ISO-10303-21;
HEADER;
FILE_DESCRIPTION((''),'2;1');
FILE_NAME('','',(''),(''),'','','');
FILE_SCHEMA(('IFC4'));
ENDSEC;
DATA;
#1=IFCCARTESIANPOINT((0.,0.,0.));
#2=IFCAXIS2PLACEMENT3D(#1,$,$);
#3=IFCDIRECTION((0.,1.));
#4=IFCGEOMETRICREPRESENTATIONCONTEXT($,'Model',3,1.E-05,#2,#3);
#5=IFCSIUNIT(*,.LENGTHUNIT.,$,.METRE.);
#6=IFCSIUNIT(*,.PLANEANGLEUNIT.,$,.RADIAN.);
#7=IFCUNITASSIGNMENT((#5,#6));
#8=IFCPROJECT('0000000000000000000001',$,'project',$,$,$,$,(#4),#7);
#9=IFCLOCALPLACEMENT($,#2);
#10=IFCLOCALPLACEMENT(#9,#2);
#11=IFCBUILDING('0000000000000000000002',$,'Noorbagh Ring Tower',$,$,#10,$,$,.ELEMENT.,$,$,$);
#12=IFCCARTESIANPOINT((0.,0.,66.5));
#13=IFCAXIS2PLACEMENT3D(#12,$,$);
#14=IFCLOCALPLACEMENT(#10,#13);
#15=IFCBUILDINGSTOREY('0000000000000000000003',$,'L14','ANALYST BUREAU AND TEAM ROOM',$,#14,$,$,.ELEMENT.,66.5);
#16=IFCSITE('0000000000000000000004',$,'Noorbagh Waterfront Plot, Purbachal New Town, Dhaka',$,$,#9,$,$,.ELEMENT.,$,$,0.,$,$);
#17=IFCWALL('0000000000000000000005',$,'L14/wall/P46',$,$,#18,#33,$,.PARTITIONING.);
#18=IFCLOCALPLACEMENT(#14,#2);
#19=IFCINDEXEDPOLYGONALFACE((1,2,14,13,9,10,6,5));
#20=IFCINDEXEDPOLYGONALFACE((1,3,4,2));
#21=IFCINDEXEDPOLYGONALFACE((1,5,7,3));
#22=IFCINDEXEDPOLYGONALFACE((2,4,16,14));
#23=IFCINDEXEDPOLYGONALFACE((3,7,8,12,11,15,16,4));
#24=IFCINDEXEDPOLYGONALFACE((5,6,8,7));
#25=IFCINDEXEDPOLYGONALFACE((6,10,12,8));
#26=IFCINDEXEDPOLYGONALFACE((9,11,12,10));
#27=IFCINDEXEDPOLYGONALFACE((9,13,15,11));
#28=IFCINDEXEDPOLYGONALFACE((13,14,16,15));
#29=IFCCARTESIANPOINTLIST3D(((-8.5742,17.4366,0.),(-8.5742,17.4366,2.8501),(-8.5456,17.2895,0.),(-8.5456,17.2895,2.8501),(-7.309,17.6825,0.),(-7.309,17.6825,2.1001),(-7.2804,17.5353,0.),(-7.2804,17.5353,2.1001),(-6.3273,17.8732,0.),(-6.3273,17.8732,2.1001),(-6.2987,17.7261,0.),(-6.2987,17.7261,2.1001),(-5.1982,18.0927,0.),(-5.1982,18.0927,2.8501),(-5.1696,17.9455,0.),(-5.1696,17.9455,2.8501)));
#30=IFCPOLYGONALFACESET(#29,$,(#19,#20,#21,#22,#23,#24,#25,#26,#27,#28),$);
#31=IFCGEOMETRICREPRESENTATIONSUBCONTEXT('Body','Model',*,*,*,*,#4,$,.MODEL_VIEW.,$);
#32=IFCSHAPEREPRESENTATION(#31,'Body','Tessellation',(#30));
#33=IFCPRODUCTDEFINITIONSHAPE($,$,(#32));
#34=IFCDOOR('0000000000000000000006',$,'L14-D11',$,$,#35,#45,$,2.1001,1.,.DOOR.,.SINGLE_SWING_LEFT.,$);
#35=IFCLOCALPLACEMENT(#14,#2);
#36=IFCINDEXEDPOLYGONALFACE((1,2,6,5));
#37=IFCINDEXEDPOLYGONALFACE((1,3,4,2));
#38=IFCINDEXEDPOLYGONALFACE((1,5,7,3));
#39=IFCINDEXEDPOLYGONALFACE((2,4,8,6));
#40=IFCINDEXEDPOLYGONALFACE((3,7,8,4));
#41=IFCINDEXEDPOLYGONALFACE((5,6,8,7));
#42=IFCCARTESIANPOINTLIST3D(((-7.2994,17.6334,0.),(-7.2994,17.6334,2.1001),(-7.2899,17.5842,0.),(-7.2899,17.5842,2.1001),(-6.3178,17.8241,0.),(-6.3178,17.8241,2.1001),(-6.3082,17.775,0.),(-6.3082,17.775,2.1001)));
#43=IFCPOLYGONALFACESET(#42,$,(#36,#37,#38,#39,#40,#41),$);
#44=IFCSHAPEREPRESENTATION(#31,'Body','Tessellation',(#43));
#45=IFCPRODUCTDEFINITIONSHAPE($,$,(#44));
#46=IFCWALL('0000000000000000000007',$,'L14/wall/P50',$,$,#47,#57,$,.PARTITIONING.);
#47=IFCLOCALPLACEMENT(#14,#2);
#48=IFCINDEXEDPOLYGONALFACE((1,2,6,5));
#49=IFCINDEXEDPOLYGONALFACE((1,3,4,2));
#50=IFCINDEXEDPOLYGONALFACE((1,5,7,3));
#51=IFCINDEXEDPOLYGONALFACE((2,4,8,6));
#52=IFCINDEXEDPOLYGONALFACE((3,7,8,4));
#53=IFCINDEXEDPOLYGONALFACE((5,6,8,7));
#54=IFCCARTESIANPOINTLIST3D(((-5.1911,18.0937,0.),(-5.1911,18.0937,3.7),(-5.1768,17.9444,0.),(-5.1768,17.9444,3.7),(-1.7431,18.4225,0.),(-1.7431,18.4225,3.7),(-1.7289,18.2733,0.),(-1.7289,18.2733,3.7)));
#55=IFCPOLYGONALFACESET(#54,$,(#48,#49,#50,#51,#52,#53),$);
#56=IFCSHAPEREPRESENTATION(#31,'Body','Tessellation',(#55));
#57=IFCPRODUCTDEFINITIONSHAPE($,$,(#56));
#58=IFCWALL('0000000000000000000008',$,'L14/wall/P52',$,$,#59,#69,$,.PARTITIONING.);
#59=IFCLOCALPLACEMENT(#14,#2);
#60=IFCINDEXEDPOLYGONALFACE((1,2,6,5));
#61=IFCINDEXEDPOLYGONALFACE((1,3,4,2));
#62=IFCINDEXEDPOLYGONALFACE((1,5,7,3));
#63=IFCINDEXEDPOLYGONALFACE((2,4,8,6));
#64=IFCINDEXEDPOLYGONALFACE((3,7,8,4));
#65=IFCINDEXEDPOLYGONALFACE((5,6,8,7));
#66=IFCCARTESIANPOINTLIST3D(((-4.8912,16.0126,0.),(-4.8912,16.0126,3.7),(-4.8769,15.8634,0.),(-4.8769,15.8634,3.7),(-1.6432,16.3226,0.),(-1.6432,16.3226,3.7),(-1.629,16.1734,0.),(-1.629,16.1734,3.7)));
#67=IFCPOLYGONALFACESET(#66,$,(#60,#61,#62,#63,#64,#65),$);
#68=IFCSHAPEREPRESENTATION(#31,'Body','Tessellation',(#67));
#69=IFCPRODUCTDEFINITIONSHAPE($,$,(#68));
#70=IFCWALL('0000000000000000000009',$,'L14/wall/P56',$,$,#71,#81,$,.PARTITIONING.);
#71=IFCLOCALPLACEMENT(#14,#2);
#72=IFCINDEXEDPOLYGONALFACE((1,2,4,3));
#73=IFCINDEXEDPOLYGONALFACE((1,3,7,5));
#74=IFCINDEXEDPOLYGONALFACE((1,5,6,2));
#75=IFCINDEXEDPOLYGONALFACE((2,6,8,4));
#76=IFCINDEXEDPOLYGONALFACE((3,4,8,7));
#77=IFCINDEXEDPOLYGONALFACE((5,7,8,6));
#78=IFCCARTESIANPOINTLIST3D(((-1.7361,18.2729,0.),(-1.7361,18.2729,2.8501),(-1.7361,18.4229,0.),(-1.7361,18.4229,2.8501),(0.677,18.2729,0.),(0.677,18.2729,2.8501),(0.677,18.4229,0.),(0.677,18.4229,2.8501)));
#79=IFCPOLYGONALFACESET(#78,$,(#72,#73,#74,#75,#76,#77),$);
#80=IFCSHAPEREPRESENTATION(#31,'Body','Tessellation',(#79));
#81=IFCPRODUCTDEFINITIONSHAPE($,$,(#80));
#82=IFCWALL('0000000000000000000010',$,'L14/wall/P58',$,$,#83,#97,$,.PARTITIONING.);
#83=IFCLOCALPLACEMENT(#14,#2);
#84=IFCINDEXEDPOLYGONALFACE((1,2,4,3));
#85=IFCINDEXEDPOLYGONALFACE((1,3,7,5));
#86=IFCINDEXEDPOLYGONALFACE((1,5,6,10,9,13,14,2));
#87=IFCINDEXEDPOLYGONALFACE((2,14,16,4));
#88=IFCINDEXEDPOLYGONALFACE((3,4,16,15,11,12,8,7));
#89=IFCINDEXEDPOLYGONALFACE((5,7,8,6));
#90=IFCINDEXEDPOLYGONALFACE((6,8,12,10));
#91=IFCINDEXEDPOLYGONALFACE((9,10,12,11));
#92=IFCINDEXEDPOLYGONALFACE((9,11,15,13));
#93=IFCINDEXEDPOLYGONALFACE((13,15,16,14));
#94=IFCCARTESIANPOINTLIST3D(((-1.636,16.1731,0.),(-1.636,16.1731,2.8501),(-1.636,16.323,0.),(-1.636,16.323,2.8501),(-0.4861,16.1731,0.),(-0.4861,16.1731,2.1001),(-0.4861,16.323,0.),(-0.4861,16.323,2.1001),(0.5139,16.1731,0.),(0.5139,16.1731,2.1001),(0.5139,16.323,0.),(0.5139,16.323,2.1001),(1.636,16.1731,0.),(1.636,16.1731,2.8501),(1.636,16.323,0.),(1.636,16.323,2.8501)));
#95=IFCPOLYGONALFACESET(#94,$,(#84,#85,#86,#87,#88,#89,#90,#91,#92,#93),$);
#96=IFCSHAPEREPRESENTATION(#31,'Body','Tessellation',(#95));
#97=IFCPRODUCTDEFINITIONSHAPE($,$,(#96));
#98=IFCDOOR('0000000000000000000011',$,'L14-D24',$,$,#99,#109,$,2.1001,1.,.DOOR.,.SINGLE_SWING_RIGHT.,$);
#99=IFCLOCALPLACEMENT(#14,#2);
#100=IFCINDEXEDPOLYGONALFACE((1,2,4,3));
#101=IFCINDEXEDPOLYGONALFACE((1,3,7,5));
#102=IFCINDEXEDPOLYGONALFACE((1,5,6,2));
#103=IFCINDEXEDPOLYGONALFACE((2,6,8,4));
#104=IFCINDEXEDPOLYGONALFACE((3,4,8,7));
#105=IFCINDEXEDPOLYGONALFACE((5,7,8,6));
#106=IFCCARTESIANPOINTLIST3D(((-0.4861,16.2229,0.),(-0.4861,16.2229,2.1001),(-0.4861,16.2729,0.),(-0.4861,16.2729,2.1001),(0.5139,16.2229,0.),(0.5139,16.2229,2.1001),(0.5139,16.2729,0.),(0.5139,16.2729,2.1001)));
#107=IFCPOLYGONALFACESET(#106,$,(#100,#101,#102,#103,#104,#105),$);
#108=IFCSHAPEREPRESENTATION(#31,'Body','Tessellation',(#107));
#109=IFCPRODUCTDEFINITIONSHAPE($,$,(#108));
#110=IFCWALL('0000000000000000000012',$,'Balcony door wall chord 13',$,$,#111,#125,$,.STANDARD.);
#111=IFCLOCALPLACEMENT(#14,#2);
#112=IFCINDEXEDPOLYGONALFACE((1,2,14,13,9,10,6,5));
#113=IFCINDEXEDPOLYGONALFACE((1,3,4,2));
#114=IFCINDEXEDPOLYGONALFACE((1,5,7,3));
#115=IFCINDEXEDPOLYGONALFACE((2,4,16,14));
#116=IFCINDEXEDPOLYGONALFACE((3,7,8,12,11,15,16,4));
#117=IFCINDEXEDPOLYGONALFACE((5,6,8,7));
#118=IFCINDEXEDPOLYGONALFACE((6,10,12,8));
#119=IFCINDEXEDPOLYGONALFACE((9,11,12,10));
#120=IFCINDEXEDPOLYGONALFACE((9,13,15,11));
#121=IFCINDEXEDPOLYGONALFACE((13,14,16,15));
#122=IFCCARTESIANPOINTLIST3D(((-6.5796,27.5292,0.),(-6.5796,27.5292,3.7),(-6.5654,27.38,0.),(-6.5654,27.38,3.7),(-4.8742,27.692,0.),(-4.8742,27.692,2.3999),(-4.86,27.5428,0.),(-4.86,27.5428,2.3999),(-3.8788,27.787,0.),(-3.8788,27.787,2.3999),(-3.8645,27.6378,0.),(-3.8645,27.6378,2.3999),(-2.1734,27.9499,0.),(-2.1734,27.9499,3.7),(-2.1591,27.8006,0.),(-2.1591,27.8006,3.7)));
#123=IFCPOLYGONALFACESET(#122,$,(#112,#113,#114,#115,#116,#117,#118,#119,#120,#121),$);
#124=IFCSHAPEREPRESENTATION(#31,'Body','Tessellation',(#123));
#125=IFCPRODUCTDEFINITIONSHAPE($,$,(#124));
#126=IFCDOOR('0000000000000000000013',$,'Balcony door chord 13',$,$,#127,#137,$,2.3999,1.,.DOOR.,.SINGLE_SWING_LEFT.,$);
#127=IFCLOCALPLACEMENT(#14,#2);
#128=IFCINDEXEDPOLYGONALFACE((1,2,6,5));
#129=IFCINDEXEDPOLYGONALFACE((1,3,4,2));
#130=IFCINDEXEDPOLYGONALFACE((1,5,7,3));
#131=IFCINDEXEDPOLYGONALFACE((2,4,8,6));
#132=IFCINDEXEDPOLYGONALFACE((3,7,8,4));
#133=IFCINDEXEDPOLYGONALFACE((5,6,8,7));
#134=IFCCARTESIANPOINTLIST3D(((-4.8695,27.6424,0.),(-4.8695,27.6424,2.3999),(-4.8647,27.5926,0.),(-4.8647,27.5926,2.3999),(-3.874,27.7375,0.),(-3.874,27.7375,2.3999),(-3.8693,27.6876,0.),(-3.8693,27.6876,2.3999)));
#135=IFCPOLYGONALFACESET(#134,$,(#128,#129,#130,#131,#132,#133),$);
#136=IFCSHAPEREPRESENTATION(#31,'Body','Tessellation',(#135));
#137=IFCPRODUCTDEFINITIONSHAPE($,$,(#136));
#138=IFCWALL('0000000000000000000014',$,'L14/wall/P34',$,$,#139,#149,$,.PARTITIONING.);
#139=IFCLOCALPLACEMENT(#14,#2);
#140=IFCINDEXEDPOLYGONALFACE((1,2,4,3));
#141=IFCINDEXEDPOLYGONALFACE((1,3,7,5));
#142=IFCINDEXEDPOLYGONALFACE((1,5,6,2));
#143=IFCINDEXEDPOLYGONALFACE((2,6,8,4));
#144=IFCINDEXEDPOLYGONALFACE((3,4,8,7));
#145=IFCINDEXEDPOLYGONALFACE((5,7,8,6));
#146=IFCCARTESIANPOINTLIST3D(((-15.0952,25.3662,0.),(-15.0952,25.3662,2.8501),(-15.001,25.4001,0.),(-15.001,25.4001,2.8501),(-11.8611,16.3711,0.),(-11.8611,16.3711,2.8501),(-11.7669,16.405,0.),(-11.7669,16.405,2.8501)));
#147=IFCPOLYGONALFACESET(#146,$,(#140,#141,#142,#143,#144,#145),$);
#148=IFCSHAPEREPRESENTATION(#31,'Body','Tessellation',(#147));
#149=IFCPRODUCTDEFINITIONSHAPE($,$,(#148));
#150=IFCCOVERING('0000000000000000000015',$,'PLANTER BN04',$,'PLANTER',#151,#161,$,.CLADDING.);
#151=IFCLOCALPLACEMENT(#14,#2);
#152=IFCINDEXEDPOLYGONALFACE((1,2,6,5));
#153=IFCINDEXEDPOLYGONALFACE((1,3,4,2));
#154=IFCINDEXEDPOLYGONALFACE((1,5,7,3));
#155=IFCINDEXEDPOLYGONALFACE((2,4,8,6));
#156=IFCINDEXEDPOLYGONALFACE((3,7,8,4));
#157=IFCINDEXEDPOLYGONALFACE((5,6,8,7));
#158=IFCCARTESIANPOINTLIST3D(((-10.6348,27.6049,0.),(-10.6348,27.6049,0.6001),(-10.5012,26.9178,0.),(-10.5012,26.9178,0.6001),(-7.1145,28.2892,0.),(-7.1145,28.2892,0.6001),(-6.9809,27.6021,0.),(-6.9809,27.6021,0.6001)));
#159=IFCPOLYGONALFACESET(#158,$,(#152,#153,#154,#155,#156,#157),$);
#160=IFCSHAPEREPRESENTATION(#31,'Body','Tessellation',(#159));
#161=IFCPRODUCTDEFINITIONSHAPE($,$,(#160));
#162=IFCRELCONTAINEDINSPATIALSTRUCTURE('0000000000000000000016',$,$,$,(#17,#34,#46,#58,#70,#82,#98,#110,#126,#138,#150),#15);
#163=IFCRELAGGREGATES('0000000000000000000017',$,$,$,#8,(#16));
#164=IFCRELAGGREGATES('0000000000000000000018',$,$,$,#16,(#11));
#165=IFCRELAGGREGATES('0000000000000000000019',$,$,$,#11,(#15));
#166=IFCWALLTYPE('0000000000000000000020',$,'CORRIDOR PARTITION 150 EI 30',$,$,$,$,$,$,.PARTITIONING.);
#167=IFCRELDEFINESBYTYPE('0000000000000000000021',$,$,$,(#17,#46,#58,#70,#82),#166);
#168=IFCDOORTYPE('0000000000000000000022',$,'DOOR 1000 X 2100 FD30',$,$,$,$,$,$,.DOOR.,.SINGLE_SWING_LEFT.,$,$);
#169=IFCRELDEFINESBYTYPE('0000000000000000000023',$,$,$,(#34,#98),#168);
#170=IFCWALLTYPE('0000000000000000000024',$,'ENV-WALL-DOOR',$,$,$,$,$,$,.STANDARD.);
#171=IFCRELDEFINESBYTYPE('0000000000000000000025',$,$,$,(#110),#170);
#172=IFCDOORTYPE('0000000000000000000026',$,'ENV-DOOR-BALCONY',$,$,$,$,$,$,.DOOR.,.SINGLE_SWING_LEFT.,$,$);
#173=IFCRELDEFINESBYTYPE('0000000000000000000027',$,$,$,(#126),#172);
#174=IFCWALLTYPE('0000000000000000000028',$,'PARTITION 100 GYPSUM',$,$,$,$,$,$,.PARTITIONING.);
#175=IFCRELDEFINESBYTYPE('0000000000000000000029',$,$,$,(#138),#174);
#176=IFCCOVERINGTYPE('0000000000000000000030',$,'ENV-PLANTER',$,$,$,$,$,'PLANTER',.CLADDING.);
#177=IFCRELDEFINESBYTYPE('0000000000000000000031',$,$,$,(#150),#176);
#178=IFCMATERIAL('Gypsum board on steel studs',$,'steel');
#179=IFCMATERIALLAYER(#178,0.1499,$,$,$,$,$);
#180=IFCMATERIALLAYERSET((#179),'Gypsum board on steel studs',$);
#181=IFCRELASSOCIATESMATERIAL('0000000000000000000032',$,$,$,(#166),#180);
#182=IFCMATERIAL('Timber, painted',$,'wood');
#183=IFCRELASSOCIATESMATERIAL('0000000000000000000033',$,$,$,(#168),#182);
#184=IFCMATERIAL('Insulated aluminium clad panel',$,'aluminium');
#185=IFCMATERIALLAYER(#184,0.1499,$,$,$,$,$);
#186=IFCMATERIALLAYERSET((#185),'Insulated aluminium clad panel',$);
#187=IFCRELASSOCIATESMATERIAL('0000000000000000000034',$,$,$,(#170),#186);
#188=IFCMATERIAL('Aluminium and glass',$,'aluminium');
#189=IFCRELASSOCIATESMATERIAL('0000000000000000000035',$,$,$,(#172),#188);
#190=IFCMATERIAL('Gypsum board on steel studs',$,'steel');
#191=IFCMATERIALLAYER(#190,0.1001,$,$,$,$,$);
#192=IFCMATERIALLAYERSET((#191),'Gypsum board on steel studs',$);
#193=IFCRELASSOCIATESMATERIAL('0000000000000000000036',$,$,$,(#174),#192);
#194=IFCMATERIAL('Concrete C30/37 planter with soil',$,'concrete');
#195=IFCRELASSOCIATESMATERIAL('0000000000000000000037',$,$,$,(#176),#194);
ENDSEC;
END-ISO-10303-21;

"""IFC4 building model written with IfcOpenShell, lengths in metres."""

from ifc_helpers import new_model, si_unit, direction, frame, frame_2d, origin, origin_2d, place, context, subcontext, project, spatial, rectangle, extrude, material, layer, layer_set, type_object, element, fill, save


model = new_model("IFC4")

# Units and contexts
model_context = context("Model", 3, precision=1e-05, world=origin(), true_north=direction((0.0, 1.0)))
body_context = subcontext(model_context, "Body", "Model", "MODEL_VIEW")
ifc_project = project(units=[si_unit("LENGTHUNIT", "METRE"), si_unit("PLANEANGLEUNIT", "RADIAN")], contexts=[model_context])

# Site, building, storey
site_placement = place(None, origin())
site = spatial("IfcSite", under=ifc_project, at=site_placement, Name="Noorbagh Waterfront Plot, Purbachal New Town, Dhaka", CompositionType="ELEMENT", RefElevation=0.0)
building_placement = place(site_placement, origin())
building = spatial("IfcBuilding", under=site, at=building_placement, Name="Noorbagh Ring Tower", CompositionType="ELEMENT")
storey_placement = place(building_placement, frame((0.0, 0.0, 66.5)))
storey = spatial("IfcBuildingStorey", under=building, at=storey_placement, Name="L14", Description="ANALYST BUREAU AND TEAM ROOM", CompositionType="ELEMENT", Elevation=66.5)

# Shared definitions
ifc_material_1 = material(Name="Gypsum board on steel studs", Category="steel")
ifc_layer_1 = layer(ifc_material_1, 0.1499)
ifc_layer_set_1 = layer_set([ifc_layer_1], Name="Gypsum board on steel studs")
wall_type_1 = type_object("IfcWallType", Name="CORRIDOR PARTITION 150 EI 30", PredefinedType="PARTITIONING", material=ifc_layer_set_1)

# Wall, opening, door
wall_1_placement = place(storey_placement, frame((-8.5601, 17.363, 0.0), z_axis=(0.0, 0.0, 1.0), x_axis=(0.981639, 0.190748, 0.0)))
wall_1 = element("IfcWall", 1, at=wall_1_placement, inside=storey, type_object=wall_type_1, Name="L14/wall/P46", PredefinedType="PARTITIONING", context=body_context, shape_type="SweptSolid", body=[
    extrude(rectangle(XDim=3.4392, YDim=0.1499, at=frame_2d((1.7197, 0.0))), origin(), (0.0, 0.0, 1.0), 2.8501),
])
opening_1_placement = place(wall_1_placement, frame((1.2891, 0.0, 0.0)))
opening_1 = element("IfcOpeningElement", 2, at=opening_1_placement, cuts=wall_1, PredefinedType="OPENING", context=body_context, shape_type="SweptSolid", body=[
    extrude(rectangle(XDim=1.0, YDim=2.1001, at=frame_2d((0.5, 1.05))), frame((0.0, 0.085, 0.0), z_axis=(0.0, -1.0, 0.0), x_axis=(1.0, 0.0, 0.0)), (0.0, 0.0, 1.0), 0.1699),
])
ifc_material_2 = material(Name="Timber, painted", Category="wood")
door_type_1 = type_object("IfcDoorType", Name="DOOR 1000 X 2100 FD30", OperationType="SINGLE_SWING_LEFT", PredefinedType="DOOR", material=ifc_material_2)
door_1_placement = place(opening_1_placement, origin())
door_1 = element("IfcDoor", 3, at=door_1_placement, inside=storey, type_object=door_type_1, Name="L14-D11", OperationType="SINGLE_SWING_LEFT", OverallHeight=2.1001, OverallWidth=1.0, PredefinedType="DOOR", context=body_context, shape_type="SweptSolid", body=[
    extrude(rectangle(XDim=1.0, YDim=2.1001, at=frame_2d((0.5, 1.05))), frame((0.0, 0.0249, 0.0), z_axis=(0.0, -1.0, 0.0), x_axis=(1.0, 0.0, 0.0)), (0.0, 0.0, 1.0), 0.05),
])
fill(opening_1, door_1)

# Walls
wall_2_placement = place(storey_placement, frame((-5.1841, 18.019, 0.0), z_axis=(0.0, 0.0, 1.0), x_axis=(0.995482, 0.094945, 0.0)))
element("IfcWall", 4, at=wall_2_placement, inside=storey, type_object=wall_type_1, Name="L14/wall/P50", PredefinedType="PARTITIONING", context=body_context, shape_type="SweptSolid", body=[
    extrude(rectangle(XDim=3.4636, YDim=0.1499, at=frame_2d((1.7319, 0.0))), origin(), (0.0, 0.0, 1.0), 3.7),
])
wall_3_placement = place(storey_placement, frame((-4.884, 15.938, 0.0), z_axis=(0.0, 0.0, 1.0), x_axis=(0.995475, 0.095028, 0.0)))
element("IfcWall", 5, at=wall_3_placement, inside=storey, type_object=wall_type_1, Name="L14/wall/P52", PredefinedType="PARTITIONING", context=body_context, shape_type="SweptSolid", body=[
    extrude(rectangle(XDim=3.2627, YDim=0.1499, at=frame_2d((1.6313, 0.0))), origin(), (0.0, 0.0, 1.0), 3.7),
])
wall_4_placement = place(storey_placement, frame((-1.7361, 18.3479, 0.0), z_axis=(0.0, 0.0, 1.0), x_axis=(1.0, 0.0, 0.0)))
element("IfcWall", 6, at=wall_4_placement, inside=storey, type_object=wall_type_1, Name="L14/wall/P56", PredefinedType="PARTITIONING", context=body_context, shape_type="SweptSolid", body=[
    extrude(rectangle(XDim=2.4131, YDim=0.1499, at=frame_2d((1.2065, 0.0))), origin(), (0.0, 0.0, 1.0), 2.8501),
])

# Walls, openings, doors
wall_5_placement = place(storey_placement, frame((-1.636, 16.248, 0.0), z_axis=(0.0, 0.0, 1.0), x_axis=(1.0, 0.0, 0.0)))
wall_5 = element("IfcWall", 7, at=wall_5_placement, inside=storey, type_object=wall_type_1, Name="L14/wall/P58", PredefinedType="PARTITIONING", context=body_context, shape_type="SweptSolid", body=[
    extrude(rectangle(XDim=3.272, YDim=0.1499, at=frame_2d((1.636, 0.0))), origin(), (0.0, 0.0, 1.0), 2.8501),
])
opening_2_placement = place(wall_5_placement, frame((1.1499, 0.0, 0.0)))
opening_2 = element("IfcOpeningElement", 8, at=opening_2_placement, cuts=wall_5, PredefinedType="OPENING", context=body_context, shape_type="SweptSolid", body=[
    extrude(rectangle(XDim=1.0, YDim=2.1001, at=frame_2d((0.5, 1.05))), frame((0.0, 0.085, 0.0), z_axis=(0.0, -1.0, 0.0), x_axis=(1.0, 0.0, 0.0)), (0.0, 0.0, 1.0), 0.1699),
])
door_2_placement = place(opening_2_placement, origin())
door_2 = element("IfcDoor", 9, at=door_2_placement, inside=storey, type_object=door_type_1, Name="L14-D24", OperationType="SINGLE_SWING_RIGHT", OverallHeight=2.1001, OverallWidth=1.0, PredefinedType="DOOR", context=body_context, shape_type="SweptSolid", body=[
    extrude(rectangle(XDim=1.0, YDim=2.1001, at=frame_2d((0.5, 1.05))), frame((0.0, 0.0249, 0.0), z_axis=(0.0, -1.0, 0.0), x_axis=(1.0, 0.0, 0.0)), (0.0, 0.0, 1.0), 0.05),
])
fill(opening_2, door_2)
ifc_material_3 = material(Name="Insulated aluminium clad panel", Category="aluminium")
ifc_layer_2 = layer(ifc_material_3, 0.1499)
ifc_layer_set_2 = layer_set([ifc_layer_2], Name="Insulated aluminium clad panel")
wall_type_2 = type_object("IfcWallType", Name="ENV-WALL-DOOR", PredefinedType="STANDARD", material=ifc_layer_set_2)
wall_6_placement = place(storey_placement, frame((-2.1663, 27.8752, 0.0), z_axis=(0.0, 0.0, 1.0), x_axis=(-0.995474, -0.095036, 0.0)))
wall_6 = element("IfcWall", 10, at=wall_6_placement, inside=storey, type_object=wall_type_2, Name="Balcony door wall chord 13", PredefinedType="STANDARD", context=body_context, shape_type="SweptSolid", body=[
    extrude(rectangle(XDim=4.4263, YDim=0.1499, at=frame_2d((2.2131, 0.0))), origin(), (0.0, 0.0, 1.0), 3.7),
])
opening_3_placement = place(wall_6_placement, frame((1.7131, 0.0, 0.0)))
opening_3 = element("IfcOpeningElement", 11, at=opening_3_placement, cuts=wall_6, PredefinedType="OPENING", context=body_context, shape_type="SweptSolid", body=[
    extrude(rectangle(XDim=1.0, YDim=2.3999, at=frame_2d((0.5, 1.2))), frame((0.0, 0.085, 0.0), z_axis=(0.0, -1.0, 0.0), x_axis=(1.0, 0.0, 0.0)), (0.0, 0.0, 1.0), 0.1699),
])
ifc_material_4 = material(Name="Aluminium and glass", Category="aluminium")
door_type_2 = type_object("IfcDoorType", Name="ENV-DOOR-BALCONY", OperationType="SINGLE_SWING_LEFT", PredefinedType="DOOR", material=ifc_material_4)
door_3_placement = place(opening_3_placement, origin())
door_3 = element("IfcDoor", 12, at=door_3_placement, inside=storey, type_object=door_type_2, Name="Balcony door chord 13", OperationType="SINGLE_SWING_LEFT", OverallHeight=2.3999, OverallWidth=1.0, PredefinedType="DOOR", context=body_context, shape_type="SweptSolid", body=[
    extrude(rectangle(XDim=1.0, YDim=2.3999, at=frame_2d((0.5, 1.2))), frame((0.0, 0.0249, 0.0), z_axis=(0.0, -1.0, 0.0), x_axis=(1.0, 0.0, 0.0)), (0.0, 0.0, 1.0), 0.05),
])
fill(opening_3, door_3)

# Wall
ifc_material_5 = material(Name="Gypsum board on steel studs", Category="steel")
ifc_layer_3 = layer(ifc_material_5, 0.1001)
ifc_layer_set_3 = layer_set([ifc_layer_3], Name="Gypsum board on steel studs")
wall_type_3 = type_object("IfcWallType", Name="PARTITION 100 GYPSUM", PredefinedType="PARTITIONING", material=ifc_layer_set_3)
wall_7_placement = place(storey_placement, frame((-15.0481, 25.3831, 0.0), z_axis=(0.0, 0.0, 1.0), x_axis=(0.338339, -0.941024, 0.0)))
element("IfcWall", 13, at=wall_7_placement, inside=storey, type_object=wall_type_3, Name="L14/wall/P34", PredefinedType="PARTITIONING", context=body_context, shape_type="SweptSolid", body=[
    extrude(rectangle(XDim=9.5588, YDim=0.1001, at=frame_2d((4.7793, 0.0))), origin(), (0.0, 0.0, 1.0), 2.8501),
])

# Covering
ifc_material_6 = material(Name="Concrete C30/37 planter with soil", Category="concrete")
covering_type = type_object("IfcCoveringType", Name="ENV-PLANTER", ElementType="PLANTER", PredefinedType="CLADDING", material=ifc_material_6)
covering_placement = place(storey_placement, frame((-8.8079, 27.6035, 0.0), z_axis=(0.0, 0.0, 1.0), x_axis=(-0.981625, -0.19082, 0.0)))
element("IfcCovering", 14, at=covering_placement, inside=storey, type_object=covering_type, Name="PLANTER BN04", ObjectType="PLANTER", PredefinedType="CLADDING", context=body_context, shape_type="SweptSolid", body=[
    extrude(rectangle(XDim=3.5862, YDim=0.7, at=origin_2d()), origin(), (0.0, 0.0, 1.0), 0.6001),
])

save(model, "model.ifc")
